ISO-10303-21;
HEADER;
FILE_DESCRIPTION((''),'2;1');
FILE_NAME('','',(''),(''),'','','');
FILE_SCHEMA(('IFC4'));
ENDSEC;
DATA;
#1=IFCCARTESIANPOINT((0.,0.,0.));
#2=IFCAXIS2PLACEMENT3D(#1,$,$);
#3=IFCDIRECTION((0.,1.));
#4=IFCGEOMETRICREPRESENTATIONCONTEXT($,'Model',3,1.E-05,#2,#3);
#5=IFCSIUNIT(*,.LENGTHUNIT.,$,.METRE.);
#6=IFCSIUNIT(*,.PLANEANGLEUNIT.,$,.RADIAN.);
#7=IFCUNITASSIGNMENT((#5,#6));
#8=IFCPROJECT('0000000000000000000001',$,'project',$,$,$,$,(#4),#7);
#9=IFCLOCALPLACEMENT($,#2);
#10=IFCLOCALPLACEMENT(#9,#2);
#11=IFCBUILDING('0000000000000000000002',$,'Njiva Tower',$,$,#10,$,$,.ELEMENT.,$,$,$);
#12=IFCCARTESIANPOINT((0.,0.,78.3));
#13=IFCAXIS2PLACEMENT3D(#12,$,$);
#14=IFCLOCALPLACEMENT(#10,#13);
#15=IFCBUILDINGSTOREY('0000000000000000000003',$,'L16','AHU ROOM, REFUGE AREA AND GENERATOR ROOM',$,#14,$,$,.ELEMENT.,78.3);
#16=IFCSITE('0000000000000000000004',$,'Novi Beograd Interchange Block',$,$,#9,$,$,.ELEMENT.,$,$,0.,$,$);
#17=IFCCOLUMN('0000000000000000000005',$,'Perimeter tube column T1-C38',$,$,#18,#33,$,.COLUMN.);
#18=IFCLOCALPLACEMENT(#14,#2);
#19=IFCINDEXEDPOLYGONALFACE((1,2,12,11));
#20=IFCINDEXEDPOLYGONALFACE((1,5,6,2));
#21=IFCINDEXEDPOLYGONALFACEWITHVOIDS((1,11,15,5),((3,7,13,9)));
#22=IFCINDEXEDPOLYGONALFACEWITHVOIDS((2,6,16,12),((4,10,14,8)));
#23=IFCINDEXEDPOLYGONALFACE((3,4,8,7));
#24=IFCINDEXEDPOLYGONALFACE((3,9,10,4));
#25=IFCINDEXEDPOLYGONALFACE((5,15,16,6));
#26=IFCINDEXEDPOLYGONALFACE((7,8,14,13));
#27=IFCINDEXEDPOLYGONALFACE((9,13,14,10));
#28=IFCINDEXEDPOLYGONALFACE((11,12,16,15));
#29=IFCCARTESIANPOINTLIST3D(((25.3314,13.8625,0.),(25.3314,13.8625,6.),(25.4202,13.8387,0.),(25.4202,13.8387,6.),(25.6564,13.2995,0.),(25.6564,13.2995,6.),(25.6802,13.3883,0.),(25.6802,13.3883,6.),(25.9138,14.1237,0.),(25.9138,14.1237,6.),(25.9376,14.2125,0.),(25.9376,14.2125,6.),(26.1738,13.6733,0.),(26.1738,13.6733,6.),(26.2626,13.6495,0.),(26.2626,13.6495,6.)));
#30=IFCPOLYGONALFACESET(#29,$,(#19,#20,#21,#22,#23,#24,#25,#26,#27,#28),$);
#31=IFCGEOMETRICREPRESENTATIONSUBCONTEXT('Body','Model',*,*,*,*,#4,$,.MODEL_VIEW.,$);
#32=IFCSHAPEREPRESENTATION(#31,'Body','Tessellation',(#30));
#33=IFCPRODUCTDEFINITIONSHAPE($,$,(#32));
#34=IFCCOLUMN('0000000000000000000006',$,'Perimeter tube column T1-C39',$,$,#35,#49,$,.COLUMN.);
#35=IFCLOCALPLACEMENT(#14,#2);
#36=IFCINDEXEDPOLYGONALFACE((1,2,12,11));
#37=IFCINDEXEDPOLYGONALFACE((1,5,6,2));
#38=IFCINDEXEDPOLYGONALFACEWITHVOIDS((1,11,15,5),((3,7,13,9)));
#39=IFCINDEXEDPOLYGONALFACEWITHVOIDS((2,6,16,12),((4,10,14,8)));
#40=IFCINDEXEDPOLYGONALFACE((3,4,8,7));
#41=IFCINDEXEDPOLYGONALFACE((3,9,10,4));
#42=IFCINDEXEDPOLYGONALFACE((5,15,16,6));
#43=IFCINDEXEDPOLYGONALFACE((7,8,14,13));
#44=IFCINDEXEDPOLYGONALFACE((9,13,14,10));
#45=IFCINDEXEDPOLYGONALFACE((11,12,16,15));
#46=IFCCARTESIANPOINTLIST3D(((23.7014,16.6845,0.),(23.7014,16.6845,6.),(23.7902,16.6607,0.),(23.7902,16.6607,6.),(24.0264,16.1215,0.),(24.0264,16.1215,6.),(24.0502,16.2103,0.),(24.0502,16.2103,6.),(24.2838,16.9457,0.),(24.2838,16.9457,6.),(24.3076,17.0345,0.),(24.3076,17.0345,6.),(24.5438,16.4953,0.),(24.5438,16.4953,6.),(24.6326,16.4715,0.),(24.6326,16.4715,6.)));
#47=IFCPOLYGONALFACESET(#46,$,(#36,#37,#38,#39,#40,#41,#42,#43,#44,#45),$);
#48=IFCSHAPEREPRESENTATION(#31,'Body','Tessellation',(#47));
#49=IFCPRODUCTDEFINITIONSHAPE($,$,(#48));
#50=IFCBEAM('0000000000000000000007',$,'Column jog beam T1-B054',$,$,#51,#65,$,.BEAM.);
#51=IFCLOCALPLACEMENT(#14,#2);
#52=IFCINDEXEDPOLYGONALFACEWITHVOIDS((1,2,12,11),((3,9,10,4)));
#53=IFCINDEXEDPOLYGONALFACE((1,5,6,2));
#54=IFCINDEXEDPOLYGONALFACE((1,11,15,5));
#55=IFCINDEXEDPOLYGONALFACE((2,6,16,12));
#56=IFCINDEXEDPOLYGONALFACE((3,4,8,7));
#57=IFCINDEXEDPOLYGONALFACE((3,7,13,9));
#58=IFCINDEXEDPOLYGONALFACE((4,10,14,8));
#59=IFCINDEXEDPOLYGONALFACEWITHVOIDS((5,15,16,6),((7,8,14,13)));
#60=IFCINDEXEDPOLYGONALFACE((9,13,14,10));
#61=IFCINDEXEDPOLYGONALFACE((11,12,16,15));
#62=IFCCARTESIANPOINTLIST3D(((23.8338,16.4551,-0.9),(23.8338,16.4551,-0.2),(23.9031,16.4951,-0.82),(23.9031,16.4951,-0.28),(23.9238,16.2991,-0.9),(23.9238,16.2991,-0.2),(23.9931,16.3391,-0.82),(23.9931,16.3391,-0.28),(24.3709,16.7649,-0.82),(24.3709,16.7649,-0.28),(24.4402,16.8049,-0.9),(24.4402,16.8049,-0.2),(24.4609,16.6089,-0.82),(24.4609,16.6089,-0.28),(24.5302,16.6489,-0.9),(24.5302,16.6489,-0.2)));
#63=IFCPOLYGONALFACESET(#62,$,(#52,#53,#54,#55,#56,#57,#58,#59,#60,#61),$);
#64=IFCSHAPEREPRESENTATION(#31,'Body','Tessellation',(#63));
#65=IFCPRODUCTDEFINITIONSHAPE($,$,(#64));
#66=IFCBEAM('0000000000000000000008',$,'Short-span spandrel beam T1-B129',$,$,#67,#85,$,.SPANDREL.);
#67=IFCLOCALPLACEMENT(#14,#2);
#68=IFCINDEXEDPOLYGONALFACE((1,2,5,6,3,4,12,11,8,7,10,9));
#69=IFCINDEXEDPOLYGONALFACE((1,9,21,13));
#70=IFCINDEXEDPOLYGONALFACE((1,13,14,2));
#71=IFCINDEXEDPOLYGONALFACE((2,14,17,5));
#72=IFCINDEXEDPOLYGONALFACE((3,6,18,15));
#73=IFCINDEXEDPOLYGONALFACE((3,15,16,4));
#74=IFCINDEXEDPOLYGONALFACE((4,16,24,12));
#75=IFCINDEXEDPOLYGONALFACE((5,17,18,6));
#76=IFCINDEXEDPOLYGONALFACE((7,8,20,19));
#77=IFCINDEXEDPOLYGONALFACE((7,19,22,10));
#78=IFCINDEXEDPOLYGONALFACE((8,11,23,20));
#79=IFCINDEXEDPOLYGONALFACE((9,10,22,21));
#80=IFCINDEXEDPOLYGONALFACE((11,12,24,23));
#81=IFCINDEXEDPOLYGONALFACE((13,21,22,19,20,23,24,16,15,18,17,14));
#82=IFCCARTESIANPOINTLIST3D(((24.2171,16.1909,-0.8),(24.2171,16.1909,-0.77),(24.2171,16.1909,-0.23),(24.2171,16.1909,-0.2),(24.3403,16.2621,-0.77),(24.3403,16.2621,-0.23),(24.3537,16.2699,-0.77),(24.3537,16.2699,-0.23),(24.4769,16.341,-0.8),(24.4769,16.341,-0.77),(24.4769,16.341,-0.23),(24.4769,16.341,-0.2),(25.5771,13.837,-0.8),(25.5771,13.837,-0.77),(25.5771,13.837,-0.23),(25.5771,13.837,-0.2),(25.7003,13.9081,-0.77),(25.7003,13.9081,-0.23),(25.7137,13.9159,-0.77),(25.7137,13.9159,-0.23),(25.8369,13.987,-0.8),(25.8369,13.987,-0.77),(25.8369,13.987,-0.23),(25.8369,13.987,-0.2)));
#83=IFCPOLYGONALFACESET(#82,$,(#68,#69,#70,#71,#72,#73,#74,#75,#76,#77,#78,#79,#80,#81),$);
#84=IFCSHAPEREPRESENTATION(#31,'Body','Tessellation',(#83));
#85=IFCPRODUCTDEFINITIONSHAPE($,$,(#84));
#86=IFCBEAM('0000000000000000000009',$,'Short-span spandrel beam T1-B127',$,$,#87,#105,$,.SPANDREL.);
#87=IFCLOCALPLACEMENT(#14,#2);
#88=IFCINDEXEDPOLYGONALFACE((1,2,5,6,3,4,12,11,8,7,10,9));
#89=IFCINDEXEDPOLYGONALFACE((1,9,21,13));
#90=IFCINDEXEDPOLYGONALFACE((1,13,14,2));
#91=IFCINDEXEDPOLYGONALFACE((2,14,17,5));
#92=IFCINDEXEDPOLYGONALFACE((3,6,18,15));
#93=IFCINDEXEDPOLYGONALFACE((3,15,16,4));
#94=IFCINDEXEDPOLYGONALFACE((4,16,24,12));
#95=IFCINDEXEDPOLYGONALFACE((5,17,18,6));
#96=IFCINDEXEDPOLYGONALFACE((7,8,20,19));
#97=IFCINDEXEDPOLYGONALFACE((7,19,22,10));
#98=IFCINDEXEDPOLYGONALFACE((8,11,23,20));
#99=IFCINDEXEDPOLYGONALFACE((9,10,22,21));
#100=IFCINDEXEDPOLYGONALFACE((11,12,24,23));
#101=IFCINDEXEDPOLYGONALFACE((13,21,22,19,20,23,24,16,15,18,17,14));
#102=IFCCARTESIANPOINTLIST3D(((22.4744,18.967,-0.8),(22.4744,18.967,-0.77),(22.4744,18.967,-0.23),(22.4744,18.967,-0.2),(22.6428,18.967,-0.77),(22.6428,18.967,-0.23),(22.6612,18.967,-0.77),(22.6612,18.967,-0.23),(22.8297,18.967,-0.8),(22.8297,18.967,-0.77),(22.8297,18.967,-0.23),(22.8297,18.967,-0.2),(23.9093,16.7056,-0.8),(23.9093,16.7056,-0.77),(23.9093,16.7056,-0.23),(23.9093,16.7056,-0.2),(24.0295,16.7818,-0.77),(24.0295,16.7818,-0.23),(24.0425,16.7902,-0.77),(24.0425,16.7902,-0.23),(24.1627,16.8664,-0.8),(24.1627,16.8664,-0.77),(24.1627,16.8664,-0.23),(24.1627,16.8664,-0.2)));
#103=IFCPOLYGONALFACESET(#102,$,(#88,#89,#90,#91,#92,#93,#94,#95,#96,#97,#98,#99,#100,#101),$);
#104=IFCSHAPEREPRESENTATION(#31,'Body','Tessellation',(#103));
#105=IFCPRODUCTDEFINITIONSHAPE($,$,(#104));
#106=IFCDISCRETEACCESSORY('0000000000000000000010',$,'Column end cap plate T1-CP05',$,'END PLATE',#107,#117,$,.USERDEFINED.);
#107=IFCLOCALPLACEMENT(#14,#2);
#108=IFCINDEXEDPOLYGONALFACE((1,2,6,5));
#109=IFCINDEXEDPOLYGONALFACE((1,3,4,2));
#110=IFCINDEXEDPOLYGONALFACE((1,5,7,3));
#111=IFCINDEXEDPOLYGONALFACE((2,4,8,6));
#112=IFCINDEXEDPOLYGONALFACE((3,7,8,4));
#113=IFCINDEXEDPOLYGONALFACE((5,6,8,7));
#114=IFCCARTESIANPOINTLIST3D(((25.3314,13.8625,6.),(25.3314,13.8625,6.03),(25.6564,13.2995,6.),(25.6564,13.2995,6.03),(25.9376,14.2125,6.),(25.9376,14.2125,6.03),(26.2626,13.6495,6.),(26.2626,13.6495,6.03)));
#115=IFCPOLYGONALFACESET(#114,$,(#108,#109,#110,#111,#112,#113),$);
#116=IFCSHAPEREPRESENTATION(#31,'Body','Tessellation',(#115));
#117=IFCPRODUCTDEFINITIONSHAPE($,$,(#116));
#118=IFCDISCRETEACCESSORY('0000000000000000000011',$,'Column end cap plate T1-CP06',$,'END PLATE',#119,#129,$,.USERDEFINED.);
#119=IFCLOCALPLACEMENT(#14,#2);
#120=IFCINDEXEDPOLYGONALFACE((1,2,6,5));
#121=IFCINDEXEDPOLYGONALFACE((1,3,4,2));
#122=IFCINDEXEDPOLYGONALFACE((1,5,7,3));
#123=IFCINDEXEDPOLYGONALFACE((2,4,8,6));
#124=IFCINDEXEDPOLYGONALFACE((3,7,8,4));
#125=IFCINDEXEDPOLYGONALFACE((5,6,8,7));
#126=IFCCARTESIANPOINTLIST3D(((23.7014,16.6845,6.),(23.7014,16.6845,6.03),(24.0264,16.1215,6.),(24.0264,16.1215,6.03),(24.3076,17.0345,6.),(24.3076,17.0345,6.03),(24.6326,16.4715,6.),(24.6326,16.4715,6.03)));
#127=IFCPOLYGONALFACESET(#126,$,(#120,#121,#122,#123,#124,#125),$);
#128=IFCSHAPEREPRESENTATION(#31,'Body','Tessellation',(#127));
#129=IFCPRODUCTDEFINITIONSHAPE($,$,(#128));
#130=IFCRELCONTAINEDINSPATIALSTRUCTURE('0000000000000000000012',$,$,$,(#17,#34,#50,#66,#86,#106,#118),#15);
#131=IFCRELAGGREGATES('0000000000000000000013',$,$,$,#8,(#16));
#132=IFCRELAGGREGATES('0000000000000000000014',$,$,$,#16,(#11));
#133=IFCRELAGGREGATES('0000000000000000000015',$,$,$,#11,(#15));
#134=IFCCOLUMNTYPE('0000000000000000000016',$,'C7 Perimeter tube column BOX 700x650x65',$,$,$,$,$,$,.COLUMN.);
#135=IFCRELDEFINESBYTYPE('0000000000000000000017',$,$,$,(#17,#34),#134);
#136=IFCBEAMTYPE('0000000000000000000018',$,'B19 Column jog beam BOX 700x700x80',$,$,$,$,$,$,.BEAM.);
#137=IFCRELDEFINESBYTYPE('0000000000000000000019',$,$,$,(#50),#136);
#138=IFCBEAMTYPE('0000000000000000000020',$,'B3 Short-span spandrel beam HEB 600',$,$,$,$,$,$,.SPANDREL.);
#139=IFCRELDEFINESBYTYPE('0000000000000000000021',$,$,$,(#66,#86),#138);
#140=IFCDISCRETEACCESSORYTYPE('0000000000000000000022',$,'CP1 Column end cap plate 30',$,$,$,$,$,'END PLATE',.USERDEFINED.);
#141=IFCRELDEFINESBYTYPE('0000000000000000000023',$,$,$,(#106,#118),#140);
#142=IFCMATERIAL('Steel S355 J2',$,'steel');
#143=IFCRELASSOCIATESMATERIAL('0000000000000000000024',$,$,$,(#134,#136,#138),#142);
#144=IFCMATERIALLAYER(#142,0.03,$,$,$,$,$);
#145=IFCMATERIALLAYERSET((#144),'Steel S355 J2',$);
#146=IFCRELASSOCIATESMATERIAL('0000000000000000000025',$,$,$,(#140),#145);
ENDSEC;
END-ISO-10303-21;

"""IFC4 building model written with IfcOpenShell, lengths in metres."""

from ifc_helpers import new_model, si_unit, direction, frame, origin, origin_2d, place, context, subcontext, project, spatial, polyline, hollow_rectangle, i_section, outline, extrude, clip, halfspace, material, layer, layer_set, material_profile, profile_set, type_object, element, save


model = new_model("IFC4")

# Units and contexts
model_context = context("Model", 3, precision=1e-05, world=origin(), true_north=direction((0.0, 1.0)))
body_context = subcontext(model_context, "Body", "Model", "MODEL_VIEW")
ifc_project = project(units=[si_unit("LENGTHUNIT", "METRE"), si_unit("PLANEANGLEUNIT", "RADIAN")], contexts=[model_context])

# Site, building, storey
site_placement = place(None, origin())
site = spatial("IfcSite", under=ifc_project, at=site_placement, Name="Novi Beograd Interchange Block", CompositionType="ELEMENT", RefElevation=0.0)
building_placement = place(site_placement, origin())
building = spatial("IfcBuilding", under=site, at=building_placement, Name="Njiva Tower", CompositionType="ELEMENT")
storey_placement = place(building_placement, frame((0.0, 0.0, 78.3)))
storey = spatial("IfcBuildingStorey", under=building, at=storey_placement, Name="L16", Description="AHU ROOM, REFUGE AREA AND GENERATOR ROOM", CompositionType="ELEMENT", Elevation=78.3)

# Columns
ifc_material_1 = material(Name="Steel S355 J2", Category="steel")
ifc_material_profile_1 = material_profile(ifc_material_1, hollow_rectangle(XDim=0.65, YDim=0.7, WallThickness=0.065, at=origin_2d()), Name="BOX 700x650x65")
ifc_profile_set_1 = profile_set([ifc_material_profile_1], Name="Steel S355 J2")
column_type = type_object("IfcColumnType", Name="C7 Perimeter tube column BOX 700x650x65", PredefinedType="COLUMN", material=ifc_profile_set_1)
for number, where, z_axis, x_axis, name in (
    (1, (25.797, 13.756, 0.0), (0.0, 0.0, 1.0), (-0.5, 0.866025, 0.0), "Perimeter tube column T1-C38"),
    (2, (24.167, 16.578, 0.0), (0.0, 0.0, 1.0), (-0.5, 0.866025, 0.0), "Perimeter tube column T1-C39"),
):
    element("IfcColumn", number, at=place(storey_placement, frame(where, z_axis=z_axis, x_axis=x_axis)), inside=storey, type_object=column_type, Name=name, PredefinedType="COLUMN", context=body_context, shape_type="SweptSolid", body=[
        extrude(hollow_rectangle(XDim=0.65, YDim=0.7, WallThickness=0.065, at=origin_2d()), origin(), (0.0, 0.0, 1.0), 6.0),
    ])

# Beams
ifc_material_profile_2 = material_profile(ifc_material_1, hollow_rectangle(XDim=0.7, YDim=0.7, WallThickness=0.08, at=origin_2d()), Name="BOX 700x700x80")
ifc_profile_set_2 = profile_set([ifc_material_profile_2], Name="Steel S355 J2")
beam_type_1 = type_object("IfcBeamType", Name="B19 Column jog beam BOX 700x700x80", PredefinedType="BEAM", material=ifc_profile_set_2)
beam_1_placement = place(storey_placement, frame((24.227, 16.474, -0.55), z_axis=(-0.499722, 0.866186, 0.0), x_axis=(-0.866186, -0.499722, 0.0)))
element("IfcBeam", 3, at=beam_1_placement, inside=storey, type_object=beam_type_1, Name="Column jog beam T1-B054", PredefinedType="BEAM", context=body_context, shape_type="SweptSolid", body=[
    extrude(hollow_rectangle(XDim=0.7, YDim=0.7, WallThickness=0.08, at=origin_2d()), origin(), (0.0, 0.0, 1.0), 0.1801),
])
ifc_material_profile_3 = material_profile(ifc_material_1, i_section(OverallWidth=0.3, OverallDepth=0.6, WebThickness=0.0155, FlangeThickness=0.03, at=origin_2d()), Name="HEB 600")
ifc_profile_set_3 = profile_set([ifc_material_profile_3], Name="Steel S355 J2")
beam_type_2 = type_object("IfcBeamType", Name="B3 Short-span spandrel beam HEB 600", PredefinedType="SPANDREL", material=ifc_profile_set_3)
beam_2_placement = place(storey_placement, frame((25.707, 13.912, -0.5), z_axis=(-0.500253, 0.865879, 0.0), x_axis=(-0.865879, -0.500253, 0.0)))
element("IfcBeam", 4, at=beam_2_placement, inside=storey, type_object=beam_type_2, Name="Short-span spandrel beam T1-B129", PredefinedType="SPANDREL", context=body_context, shape_type="SweptSolid", body=[
    extrude(i_section(OverallWidth=0.3, OverallDepth=0.6, WebThickness=0.0155, FlangeThickness=0.03, at=origin_2d()), origin(), (0.0, 0.0, 1.0), 2.7186),
])
beam_3_placement = place(storey_placement, frame((24.036, 16.786, -0.5), z_axis=(-0.535798, 0.844346, 0.0), x_axis=(-0.844346, -0.535798, 0.0)))
element("IfcBeam", 5, at=beam_3_placement, inside=storey, type_object=beam_type_2, Name="Short-span spandrel beam T1-B127", PredefinedType="SPANDREL", context=body_context, shape_type="Clipping", body=[
    clip(extrude(i_section(OverallWidth=0.3, OverallDepth=0.6, WebThickness=0.0155, FlangeThickness=0.03, at=origin_2d()), origin(), (0.0, 0.0, 1.0), 2.6981), halfspace(frame((-0.0264, 0.0, 2.5663), z_axis=(-0.535798, 0.0, 0.844346), x_axis=(0.0, 1.0, 0.0)), False)),
])

# Discrete accessories
ifc_layer_1 = layer(ifc_material_1, 0.03)
ifc_layer_set_1 = layer_set([ifc_layer_1], Name="Steel S355 J2")
discrete_accessory_type = type_object("IfcDiscreteAccessoryType", Name="CP1 Column end cap plate 30", ElementType="END PLATE", PredefinedType="USERDEFINED", material=ifc_layer_set_1)
for number, where, name in (
    (6, (25.797, 13.756, 6.0), "Column end cap plate T1-CP05"),
    (7, (24.167, 16.578, 6.0), "Column end cap plate T1-CP06"),
):
    element("IfcDiscreteAccessory", number, at=place(storey_placement, frame(where)), inside=storey, type_object=discrete_accessory_type, Name=name, ObjectType="END PLATE", PredefinedType="USERDEFINED", context=body_context, shape_type="SweptSolid", body=[
        extrude(outline(polyline([(-0.4656, 0.1065), (-0.1406, -0.4565), (0.4656, -0.1065), (0.1406, 0.4565), (-0.4656, 0.1065)])), origin(), (0.0, 0.0, 1.0), 0.03),
    ])

save(model, "model.ifc")
